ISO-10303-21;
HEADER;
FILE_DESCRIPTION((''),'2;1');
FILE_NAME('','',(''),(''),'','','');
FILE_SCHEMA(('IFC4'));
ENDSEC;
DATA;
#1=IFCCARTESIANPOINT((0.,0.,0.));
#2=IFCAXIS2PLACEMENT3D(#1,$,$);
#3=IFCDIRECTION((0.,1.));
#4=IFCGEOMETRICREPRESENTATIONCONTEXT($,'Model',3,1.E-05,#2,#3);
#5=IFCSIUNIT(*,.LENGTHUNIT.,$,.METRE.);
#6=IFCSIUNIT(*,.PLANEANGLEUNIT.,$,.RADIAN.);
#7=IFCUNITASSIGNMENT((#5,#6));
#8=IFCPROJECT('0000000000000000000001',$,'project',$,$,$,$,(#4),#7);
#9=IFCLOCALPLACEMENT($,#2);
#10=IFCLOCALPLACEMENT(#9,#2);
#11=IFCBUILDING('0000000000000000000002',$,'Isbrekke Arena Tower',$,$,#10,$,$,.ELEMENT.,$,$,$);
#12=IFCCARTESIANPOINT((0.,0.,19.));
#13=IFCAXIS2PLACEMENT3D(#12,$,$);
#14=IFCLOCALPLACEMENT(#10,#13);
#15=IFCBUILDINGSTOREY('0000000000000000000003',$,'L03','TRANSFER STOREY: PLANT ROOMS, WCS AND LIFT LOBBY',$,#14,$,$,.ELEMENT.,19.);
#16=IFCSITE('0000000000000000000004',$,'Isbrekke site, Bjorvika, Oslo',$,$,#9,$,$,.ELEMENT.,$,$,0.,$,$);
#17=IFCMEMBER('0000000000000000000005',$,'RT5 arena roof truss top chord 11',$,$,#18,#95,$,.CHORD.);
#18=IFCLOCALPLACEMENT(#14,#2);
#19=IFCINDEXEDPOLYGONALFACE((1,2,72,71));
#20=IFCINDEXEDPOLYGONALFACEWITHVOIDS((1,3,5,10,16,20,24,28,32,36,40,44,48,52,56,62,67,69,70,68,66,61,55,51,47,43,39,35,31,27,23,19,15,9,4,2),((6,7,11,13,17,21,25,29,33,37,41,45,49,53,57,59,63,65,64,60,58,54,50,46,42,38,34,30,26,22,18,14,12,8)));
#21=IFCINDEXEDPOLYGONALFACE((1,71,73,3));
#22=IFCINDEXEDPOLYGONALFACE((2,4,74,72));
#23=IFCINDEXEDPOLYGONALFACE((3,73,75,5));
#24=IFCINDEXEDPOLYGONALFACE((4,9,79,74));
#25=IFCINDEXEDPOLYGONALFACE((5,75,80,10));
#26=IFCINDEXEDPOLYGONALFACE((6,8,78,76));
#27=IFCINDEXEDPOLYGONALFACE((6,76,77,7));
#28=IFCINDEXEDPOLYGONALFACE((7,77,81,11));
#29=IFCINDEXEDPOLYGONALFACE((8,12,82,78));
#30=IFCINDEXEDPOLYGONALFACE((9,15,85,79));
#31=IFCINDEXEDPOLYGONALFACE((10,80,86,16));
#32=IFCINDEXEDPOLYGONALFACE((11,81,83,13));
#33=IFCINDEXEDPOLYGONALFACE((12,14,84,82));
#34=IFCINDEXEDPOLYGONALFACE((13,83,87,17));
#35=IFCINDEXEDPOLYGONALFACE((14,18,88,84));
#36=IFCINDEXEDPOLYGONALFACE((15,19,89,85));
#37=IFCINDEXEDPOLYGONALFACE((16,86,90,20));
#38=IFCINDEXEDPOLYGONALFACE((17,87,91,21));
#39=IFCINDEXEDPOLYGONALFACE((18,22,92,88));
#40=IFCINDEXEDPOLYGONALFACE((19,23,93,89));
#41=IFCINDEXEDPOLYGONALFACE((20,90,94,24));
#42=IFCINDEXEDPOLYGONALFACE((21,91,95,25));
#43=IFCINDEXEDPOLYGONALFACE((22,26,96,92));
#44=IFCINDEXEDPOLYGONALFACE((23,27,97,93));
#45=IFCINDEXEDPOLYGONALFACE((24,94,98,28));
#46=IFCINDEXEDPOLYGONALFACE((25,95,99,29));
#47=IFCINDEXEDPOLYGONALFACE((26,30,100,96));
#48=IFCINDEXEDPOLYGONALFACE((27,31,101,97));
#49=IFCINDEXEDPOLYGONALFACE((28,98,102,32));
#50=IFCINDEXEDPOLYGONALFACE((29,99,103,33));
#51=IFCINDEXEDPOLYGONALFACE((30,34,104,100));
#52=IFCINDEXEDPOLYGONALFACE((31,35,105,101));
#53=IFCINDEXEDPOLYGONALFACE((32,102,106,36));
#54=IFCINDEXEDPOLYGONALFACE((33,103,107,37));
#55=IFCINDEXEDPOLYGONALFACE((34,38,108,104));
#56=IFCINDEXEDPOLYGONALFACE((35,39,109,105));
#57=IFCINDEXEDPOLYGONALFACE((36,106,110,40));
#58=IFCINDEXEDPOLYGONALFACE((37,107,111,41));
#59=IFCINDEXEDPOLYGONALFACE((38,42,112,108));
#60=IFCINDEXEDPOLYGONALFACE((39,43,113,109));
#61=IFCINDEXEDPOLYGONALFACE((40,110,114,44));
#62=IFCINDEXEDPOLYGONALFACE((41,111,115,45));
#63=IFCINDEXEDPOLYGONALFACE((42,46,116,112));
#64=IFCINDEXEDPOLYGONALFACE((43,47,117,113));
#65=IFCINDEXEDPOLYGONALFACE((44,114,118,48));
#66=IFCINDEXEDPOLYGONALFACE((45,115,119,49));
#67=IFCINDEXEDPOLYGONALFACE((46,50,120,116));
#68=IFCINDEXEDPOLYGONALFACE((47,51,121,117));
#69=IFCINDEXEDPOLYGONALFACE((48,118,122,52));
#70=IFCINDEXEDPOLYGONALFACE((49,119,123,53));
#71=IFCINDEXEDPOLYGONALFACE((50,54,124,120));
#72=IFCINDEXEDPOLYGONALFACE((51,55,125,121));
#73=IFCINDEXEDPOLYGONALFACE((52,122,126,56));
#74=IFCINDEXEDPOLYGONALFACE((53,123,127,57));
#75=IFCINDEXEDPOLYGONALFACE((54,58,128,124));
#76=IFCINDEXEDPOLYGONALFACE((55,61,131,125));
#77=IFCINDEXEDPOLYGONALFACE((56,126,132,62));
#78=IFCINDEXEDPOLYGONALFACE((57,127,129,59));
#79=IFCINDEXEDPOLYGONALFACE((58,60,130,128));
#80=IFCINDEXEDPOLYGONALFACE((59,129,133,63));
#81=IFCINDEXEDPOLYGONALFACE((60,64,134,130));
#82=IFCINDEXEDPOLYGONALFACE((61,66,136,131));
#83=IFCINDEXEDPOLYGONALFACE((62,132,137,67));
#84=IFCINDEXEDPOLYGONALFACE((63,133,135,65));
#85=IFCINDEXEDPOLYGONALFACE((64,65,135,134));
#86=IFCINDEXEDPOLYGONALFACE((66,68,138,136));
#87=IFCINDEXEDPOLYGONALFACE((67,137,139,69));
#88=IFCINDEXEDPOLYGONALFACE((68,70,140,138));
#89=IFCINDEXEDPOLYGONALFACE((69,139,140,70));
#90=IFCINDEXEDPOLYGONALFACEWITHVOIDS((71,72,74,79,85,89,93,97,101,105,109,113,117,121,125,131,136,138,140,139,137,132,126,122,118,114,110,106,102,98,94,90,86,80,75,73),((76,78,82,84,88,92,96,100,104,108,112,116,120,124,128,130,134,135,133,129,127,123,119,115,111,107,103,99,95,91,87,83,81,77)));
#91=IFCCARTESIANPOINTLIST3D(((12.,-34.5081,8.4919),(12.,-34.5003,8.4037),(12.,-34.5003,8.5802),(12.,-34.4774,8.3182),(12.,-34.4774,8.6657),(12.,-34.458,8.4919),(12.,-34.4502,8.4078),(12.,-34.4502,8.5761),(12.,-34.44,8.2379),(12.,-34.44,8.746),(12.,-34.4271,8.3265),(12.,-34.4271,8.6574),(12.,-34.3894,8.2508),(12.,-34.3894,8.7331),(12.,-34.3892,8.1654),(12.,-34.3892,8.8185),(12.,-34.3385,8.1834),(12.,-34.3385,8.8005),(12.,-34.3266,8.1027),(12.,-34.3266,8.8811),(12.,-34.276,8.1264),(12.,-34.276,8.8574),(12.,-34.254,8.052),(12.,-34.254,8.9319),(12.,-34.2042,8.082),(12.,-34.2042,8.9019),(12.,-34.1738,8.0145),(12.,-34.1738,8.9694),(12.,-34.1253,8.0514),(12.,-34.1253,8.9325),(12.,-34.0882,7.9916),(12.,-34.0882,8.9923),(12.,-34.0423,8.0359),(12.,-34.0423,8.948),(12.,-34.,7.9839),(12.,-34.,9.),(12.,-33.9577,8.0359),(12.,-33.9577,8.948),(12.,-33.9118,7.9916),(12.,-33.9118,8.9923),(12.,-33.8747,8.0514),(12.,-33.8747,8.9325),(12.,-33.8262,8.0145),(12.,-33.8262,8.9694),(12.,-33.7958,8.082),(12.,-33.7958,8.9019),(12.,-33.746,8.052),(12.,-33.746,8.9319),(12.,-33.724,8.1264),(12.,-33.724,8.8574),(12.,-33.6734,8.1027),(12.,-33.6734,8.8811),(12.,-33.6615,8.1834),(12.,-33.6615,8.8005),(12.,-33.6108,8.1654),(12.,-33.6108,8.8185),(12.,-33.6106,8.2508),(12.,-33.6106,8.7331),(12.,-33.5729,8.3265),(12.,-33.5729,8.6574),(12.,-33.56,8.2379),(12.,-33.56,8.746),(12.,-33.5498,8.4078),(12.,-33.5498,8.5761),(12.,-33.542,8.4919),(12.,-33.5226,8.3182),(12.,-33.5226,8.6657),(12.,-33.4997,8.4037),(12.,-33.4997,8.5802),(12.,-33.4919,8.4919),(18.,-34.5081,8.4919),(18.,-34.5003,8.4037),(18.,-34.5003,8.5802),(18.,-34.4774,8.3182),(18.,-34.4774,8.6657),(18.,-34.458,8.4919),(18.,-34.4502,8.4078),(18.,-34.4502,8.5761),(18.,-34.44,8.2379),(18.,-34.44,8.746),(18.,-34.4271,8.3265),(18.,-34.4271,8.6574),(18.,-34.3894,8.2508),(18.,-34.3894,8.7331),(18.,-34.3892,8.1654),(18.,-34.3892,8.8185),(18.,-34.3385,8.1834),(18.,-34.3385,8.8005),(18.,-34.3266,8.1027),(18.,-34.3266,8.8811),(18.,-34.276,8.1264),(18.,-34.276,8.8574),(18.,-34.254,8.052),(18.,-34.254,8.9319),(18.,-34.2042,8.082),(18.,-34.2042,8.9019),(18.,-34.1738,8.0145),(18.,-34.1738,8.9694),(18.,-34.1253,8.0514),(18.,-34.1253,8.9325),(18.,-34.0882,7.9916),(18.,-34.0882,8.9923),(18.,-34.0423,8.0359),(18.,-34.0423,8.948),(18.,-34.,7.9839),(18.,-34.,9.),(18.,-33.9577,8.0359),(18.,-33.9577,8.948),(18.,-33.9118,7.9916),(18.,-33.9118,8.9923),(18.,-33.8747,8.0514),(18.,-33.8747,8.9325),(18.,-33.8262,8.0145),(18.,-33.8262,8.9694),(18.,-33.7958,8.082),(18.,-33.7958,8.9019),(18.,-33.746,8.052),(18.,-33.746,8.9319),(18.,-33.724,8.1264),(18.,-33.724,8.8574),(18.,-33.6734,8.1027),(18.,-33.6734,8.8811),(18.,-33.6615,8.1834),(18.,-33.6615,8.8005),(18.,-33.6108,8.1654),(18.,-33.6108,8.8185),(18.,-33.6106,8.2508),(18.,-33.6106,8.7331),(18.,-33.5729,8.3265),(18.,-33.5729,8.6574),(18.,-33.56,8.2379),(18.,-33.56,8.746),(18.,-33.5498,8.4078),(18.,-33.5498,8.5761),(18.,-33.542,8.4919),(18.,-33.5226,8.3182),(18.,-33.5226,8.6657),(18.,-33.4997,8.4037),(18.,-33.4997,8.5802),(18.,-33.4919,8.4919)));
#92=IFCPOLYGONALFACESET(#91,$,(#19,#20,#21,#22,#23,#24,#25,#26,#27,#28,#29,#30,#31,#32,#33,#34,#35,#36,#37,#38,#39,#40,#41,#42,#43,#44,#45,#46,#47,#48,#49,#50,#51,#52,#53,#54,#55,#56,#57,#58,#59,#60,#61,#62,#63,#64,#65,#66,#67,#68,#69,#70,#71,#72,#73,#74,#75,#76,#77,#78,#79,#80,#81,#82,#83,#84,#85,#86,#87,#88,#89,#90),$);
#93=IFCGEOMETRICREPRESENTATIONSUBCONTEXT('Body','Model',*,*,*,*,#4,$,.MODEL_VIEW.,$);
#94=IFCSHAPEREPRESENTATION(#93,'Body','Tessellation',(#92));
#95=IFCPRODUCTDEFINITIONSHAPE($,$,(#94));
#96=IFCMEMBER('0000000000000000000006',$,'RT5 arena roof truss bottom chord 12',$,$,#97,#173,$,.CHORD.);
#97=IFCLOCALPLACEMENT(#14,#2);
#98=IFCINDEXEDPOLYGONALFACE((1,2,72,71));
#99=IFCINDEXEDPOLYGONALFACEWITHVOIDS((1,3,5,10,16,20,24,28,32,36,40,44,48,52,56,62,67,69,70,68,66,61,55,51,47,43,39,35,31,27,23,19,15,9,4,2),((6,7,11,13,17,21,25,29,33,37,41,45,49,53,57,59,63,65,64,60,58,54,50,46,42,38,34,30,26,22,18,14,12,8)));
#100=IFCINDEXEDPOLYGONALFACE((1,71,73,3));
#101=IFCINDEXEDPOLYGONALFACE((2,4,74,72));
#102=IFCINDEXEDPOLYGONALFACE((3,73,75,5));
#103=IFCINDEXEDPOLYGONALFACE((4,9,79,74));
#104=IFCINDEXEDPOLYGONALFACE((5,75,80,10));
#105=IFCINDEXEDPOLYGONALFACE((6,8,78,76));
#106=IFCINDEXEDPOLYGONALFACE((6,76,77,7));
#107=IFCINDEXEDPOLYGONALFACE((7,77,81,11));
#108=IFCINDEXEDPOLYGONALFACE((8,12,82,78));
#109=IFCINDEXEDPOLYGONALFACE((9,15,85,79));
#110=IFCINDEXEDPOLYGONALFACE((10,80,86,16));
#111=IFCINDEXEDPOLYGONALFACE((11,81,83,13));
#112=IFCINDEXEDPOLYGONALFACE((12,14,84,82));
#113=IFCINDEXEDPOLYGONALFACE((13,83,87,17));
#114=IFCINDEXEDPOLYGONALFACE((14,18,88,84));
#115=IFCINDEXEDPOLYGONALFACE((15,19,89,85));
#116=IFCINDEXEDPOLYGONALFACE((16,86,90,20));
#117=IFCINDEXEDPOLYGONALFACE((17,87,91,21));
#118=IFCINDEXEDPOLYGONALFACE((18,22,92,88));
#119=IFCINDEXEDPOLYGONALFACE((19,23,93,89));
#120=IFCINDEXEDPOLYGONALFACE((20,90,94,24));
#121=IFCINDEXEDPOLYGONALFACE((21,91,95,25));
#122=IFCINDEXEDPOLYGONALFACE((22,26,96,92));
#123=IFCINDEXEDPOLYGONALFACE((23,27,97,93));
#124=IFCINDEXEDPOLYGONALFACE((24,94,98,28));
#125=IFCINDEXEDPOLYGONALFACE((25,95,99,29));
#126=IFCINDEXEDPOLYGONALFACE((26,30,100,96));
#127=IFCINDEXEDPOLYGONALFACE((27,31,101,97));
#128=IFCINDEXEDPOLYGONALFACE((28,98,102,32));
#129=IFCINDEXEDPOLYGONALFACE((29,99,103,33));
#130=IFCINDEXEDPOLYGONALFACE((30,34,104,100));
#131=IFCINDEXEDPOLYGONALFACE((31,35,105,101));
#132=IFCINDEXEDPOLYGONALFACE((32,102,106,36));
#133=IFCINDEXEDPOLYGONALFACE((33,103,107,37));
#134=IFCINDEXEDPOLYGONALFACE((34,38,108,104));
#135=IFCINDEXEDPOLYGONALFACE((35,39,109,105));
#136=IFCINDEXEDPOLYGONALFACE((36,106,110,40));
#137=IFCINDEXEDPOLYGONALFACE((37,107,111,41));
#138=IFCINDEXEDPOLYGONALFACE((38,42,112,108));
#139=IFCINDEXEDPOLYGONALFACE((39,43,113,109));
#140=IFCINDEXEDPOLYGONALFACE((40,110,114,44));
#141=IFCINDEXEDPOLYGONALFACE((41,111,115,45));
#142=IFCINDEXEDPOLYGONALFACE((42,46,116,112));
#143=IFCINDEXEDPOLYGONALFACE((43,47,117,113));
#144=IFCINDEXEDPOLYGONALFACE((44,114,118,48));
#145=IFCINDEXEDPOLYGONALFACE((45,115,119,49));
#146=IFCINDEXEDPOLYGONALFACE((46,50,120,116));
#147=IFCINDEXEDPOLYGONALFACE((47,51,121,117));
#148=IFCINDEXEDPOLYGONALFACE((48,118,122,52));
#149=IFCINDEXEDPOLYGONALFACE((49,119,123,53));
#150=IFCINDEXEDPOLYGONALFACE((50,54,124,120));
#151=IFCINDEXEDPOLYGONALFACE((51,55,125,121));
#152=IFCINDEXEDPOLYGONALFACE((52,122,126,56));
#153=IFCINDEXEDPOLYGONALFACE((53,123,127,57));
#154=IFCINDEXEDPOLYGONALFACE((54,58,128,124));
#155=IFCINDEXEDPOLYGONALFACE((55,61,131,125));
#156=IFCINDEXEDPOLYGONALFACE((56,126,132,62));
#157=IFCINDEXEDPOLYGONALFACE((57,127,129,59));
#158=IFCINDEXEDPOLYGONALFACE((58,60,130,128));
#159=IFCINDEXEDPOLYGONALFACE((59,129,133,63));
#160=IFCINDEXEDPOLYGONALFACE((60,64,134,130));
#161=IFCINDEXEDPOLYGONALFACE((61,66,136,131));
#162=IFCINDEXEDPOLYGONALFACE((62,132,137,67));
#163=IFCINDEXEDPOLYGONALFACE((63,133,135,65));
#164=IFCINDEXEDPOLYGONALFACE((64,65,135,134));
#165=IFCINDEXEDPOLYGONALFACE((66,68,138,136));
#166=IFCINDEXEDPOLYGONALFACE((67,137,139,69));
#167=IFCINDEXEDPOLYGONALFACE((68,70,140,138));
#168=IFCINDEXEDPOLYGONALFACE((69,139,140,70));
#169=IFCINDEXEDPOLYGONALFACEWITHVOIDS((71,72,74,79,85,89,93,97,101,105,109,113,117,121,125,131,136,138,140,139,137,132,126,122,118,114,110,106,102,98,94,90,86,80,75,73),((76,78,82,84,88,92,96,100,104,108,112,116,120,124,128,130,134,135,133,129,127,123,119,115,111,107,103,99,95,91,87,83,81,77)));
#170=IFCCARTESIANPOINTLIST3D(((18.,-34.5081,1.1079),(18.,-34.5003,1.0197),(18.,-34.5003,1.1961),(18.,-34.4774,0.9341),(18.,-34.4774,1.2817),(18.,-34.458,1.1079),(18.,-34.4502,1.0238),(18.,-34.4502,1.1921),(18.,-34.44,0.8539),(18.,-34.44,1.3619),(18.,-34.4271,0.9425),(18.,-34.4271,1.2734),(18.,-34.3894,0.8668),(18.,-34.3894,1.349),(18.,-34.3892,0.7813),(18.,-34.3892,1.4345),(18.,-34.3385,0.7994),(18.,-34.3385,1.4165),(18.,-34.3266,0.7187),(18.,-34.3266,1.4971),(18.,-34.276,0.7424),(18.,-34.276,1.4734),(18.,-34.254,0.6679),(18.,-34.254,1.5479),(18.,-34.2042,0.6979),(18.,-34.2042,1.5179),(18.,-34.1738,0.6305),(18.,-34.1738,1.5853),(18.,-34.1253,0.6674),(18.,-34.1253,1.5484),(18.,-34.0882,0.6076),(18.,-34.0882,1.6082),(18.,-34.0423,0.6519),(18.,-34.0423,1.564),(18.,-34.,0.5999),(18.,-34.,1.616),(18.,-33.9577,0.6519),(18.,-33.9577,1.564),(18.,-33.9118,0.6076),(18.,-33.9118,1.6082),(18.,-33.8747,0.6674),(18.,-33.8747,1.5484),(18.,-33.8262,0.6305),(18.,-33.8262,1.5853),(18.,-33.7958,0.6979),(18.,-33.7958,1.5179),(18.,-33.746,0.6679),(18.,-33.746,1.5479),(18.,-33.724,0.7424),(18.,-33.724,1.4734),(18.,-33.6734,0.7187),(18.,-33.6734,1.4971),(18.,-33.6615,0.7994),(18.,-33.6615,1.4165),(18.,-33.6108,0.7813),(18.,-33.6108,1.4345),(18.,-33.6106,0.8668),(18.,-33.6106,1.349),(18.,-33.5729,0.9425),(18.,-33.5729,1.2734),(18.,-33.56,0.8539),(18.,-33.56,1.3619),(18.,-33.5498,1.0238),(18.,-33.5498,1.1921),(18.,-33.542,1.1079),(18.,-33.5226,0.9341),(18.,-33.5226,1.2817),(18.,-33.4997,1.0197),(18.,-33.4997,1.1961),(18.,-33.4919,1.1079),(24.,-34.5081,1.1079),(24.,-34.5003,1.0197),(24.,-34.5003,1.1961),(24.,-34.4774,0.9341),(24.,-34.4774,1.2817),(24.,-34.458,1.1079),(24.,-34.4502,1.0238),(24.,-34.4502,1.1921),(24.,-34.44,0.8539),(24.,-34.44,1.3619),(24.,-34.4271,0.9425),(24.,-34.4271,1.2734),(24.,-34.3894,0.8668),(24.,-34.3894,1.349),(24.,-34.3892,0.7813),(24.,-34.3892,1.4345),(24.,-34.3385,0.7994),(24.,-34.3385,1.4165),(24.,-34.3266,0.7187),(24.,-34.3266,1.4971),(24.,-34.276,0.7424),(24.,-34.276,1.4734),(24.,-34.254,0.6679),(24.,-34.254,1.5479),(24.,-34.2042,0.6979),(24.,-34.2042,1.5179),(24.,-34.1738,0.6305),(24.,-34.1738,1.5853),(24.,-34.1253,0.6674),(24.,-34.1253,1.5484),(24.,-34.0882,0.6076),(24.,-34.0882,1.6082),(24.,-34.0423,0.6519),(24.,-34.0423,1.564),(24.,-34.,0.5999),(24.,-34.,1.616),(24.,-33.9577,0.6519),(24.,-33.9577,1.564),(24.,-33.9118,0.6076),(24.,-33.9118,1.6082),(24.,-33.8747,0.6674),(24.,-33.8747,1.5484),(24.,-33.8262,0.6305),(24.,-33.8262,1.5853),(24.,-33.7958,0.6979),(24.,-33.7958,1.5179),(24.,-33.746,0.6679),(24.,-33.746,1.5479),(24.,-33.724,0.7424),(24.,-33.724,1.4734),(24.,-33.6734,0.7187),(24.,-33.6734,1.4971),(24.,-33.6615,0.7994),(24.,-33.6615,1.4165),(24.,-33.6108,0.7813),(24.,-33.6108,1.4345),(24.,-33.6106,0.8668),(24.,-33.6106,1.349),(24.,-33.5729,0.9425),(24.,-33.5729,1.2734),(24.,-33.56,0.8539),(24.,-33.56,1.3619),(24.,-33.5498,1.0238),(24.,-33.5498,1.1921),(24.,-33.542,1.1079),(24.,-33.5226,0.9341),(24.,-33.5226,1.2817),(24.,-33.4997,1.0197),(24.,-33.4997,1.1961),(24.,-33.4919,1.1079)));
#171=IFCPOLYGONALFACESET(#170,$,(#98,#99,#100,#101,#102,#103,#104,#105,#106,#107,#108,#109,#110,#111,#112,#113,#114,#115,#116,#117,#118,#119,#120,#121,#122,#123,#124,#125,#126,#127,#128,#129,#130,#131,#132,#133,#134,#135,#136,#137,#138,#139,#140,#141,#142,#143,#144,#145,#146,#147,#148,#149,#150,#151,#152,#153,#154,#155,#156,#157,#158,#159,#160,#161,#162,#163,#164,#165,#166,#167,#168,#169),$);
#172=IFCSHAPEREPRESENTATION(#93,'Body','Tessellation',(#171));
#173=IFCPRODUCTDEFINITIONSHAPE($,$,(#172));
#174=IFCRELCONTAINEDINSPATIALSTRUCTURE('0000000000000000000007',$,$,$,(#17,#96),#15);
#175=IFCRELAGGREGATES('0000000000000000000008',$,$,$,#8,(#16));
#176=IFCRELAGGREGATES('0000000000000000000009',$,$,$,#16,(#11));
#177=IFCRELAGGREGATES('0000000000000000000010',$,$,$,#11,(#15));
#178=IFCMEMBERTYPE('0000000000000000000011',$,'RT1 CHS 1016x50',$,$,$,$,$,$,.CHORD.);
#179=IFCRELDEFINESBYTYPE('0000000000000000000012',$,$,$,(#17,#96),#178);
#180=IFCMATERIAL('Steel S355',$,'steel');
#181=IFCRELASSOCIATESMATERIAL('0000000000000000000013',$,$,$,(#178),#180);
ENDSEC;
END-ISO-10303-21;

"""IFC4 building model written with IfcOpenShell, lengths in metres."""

from ifc_helpers import new_model, si_unit, direction, frame, origin, origin_2d, place, context, subcontext, project, spatial, hollow_circle, extrude, material, material_profile, profile_set, type_object, element, save


model = new_model("IFC4")

# Units and contexts
model_context = context("Model", 3, precision=1e-05, world=origin(), true_north=direction((0.0, 1.0)))
body_context = subcontext(model_context, "Body", "Model", "MODEL_VIEW")
ifc_project = project(units=[si_unit("LENGTHUNIT", "METRE"), si_unit("PLANEANGLEUNIT", "RADIAN")], contexts=[model_context])

# Site, building, storey
site_placement = place(None, origin())
site = spatial("IfcSite", under=ifc_project, at=site_placement, Name="Isbrekke site, Bjorvika, Oslo", CompositionType="ELEMENT", RefElevation=0.0)
building_placement = place(site_placement, origin())
building = spatial("IfcBuilding", under=site, at=building_placement, Name="Isbrekke Arena Tower", CompositionType="ELEMENT")
storey_placement = place(building_placement, frame((0.0, 0.0, 19.0)))
storey = spatial("IfcBuildingStorey", under=building, at=storey_placement, Name="L03", Description="TRANSFER STOREY: PLANT ROOMS, WCS AND LIFT LOBBY", CompositionType="ELEMENT", Elevation=19.0)

# Members
ifc_material_1 = material(Name="Steel S355", Category="steel")
ifc_material_profile_1 = material_profile(ifc_material_1, hollow_circle(Radius=0.5081, WallThickness=0.05, at=origin_2d()), Name="CHS 1016x50")
ifc_profile_set_1 = profile_set([ifc_material_profile_1], Name="Steel S355")
member_type_1 = type_object("IfcMemberType", Name="RT1 CHS 1016x50", PredefinedType="CHORD", material=ifc_profile_set_1)
for number, where, z_axis, x_axis, name in (
    (1, (12.0, -34.0, 8.4919), (1.0, 0.0, 0.0), (0.0, 1.0, 0.0), "RT5 arena roof truss top chord 11"),
    (2, (18.0, -34.0, 1.1079), (1.0, 0.0, 0.0), (0.0, 1.0, 0.0), "RT5 arena roof truss bottom chord 12"),
):
    element("IfcMember", number, at=place(storey_placement, frame(where, z_axis=z_axis, x_axis=x_axis)), inside=storey, type_object=member_type_1, Name=name, PredefinedType="CHORD", context=body_context, shape_type="SweptSolid", body=[
        extrude(hollow_circle(Radius=0.5081, WallThickness=0.05, at=origin_2d()), origin(), (0.0, 0.0, 1.0), 6.0),
    ])

save(model, "model.ifc")
